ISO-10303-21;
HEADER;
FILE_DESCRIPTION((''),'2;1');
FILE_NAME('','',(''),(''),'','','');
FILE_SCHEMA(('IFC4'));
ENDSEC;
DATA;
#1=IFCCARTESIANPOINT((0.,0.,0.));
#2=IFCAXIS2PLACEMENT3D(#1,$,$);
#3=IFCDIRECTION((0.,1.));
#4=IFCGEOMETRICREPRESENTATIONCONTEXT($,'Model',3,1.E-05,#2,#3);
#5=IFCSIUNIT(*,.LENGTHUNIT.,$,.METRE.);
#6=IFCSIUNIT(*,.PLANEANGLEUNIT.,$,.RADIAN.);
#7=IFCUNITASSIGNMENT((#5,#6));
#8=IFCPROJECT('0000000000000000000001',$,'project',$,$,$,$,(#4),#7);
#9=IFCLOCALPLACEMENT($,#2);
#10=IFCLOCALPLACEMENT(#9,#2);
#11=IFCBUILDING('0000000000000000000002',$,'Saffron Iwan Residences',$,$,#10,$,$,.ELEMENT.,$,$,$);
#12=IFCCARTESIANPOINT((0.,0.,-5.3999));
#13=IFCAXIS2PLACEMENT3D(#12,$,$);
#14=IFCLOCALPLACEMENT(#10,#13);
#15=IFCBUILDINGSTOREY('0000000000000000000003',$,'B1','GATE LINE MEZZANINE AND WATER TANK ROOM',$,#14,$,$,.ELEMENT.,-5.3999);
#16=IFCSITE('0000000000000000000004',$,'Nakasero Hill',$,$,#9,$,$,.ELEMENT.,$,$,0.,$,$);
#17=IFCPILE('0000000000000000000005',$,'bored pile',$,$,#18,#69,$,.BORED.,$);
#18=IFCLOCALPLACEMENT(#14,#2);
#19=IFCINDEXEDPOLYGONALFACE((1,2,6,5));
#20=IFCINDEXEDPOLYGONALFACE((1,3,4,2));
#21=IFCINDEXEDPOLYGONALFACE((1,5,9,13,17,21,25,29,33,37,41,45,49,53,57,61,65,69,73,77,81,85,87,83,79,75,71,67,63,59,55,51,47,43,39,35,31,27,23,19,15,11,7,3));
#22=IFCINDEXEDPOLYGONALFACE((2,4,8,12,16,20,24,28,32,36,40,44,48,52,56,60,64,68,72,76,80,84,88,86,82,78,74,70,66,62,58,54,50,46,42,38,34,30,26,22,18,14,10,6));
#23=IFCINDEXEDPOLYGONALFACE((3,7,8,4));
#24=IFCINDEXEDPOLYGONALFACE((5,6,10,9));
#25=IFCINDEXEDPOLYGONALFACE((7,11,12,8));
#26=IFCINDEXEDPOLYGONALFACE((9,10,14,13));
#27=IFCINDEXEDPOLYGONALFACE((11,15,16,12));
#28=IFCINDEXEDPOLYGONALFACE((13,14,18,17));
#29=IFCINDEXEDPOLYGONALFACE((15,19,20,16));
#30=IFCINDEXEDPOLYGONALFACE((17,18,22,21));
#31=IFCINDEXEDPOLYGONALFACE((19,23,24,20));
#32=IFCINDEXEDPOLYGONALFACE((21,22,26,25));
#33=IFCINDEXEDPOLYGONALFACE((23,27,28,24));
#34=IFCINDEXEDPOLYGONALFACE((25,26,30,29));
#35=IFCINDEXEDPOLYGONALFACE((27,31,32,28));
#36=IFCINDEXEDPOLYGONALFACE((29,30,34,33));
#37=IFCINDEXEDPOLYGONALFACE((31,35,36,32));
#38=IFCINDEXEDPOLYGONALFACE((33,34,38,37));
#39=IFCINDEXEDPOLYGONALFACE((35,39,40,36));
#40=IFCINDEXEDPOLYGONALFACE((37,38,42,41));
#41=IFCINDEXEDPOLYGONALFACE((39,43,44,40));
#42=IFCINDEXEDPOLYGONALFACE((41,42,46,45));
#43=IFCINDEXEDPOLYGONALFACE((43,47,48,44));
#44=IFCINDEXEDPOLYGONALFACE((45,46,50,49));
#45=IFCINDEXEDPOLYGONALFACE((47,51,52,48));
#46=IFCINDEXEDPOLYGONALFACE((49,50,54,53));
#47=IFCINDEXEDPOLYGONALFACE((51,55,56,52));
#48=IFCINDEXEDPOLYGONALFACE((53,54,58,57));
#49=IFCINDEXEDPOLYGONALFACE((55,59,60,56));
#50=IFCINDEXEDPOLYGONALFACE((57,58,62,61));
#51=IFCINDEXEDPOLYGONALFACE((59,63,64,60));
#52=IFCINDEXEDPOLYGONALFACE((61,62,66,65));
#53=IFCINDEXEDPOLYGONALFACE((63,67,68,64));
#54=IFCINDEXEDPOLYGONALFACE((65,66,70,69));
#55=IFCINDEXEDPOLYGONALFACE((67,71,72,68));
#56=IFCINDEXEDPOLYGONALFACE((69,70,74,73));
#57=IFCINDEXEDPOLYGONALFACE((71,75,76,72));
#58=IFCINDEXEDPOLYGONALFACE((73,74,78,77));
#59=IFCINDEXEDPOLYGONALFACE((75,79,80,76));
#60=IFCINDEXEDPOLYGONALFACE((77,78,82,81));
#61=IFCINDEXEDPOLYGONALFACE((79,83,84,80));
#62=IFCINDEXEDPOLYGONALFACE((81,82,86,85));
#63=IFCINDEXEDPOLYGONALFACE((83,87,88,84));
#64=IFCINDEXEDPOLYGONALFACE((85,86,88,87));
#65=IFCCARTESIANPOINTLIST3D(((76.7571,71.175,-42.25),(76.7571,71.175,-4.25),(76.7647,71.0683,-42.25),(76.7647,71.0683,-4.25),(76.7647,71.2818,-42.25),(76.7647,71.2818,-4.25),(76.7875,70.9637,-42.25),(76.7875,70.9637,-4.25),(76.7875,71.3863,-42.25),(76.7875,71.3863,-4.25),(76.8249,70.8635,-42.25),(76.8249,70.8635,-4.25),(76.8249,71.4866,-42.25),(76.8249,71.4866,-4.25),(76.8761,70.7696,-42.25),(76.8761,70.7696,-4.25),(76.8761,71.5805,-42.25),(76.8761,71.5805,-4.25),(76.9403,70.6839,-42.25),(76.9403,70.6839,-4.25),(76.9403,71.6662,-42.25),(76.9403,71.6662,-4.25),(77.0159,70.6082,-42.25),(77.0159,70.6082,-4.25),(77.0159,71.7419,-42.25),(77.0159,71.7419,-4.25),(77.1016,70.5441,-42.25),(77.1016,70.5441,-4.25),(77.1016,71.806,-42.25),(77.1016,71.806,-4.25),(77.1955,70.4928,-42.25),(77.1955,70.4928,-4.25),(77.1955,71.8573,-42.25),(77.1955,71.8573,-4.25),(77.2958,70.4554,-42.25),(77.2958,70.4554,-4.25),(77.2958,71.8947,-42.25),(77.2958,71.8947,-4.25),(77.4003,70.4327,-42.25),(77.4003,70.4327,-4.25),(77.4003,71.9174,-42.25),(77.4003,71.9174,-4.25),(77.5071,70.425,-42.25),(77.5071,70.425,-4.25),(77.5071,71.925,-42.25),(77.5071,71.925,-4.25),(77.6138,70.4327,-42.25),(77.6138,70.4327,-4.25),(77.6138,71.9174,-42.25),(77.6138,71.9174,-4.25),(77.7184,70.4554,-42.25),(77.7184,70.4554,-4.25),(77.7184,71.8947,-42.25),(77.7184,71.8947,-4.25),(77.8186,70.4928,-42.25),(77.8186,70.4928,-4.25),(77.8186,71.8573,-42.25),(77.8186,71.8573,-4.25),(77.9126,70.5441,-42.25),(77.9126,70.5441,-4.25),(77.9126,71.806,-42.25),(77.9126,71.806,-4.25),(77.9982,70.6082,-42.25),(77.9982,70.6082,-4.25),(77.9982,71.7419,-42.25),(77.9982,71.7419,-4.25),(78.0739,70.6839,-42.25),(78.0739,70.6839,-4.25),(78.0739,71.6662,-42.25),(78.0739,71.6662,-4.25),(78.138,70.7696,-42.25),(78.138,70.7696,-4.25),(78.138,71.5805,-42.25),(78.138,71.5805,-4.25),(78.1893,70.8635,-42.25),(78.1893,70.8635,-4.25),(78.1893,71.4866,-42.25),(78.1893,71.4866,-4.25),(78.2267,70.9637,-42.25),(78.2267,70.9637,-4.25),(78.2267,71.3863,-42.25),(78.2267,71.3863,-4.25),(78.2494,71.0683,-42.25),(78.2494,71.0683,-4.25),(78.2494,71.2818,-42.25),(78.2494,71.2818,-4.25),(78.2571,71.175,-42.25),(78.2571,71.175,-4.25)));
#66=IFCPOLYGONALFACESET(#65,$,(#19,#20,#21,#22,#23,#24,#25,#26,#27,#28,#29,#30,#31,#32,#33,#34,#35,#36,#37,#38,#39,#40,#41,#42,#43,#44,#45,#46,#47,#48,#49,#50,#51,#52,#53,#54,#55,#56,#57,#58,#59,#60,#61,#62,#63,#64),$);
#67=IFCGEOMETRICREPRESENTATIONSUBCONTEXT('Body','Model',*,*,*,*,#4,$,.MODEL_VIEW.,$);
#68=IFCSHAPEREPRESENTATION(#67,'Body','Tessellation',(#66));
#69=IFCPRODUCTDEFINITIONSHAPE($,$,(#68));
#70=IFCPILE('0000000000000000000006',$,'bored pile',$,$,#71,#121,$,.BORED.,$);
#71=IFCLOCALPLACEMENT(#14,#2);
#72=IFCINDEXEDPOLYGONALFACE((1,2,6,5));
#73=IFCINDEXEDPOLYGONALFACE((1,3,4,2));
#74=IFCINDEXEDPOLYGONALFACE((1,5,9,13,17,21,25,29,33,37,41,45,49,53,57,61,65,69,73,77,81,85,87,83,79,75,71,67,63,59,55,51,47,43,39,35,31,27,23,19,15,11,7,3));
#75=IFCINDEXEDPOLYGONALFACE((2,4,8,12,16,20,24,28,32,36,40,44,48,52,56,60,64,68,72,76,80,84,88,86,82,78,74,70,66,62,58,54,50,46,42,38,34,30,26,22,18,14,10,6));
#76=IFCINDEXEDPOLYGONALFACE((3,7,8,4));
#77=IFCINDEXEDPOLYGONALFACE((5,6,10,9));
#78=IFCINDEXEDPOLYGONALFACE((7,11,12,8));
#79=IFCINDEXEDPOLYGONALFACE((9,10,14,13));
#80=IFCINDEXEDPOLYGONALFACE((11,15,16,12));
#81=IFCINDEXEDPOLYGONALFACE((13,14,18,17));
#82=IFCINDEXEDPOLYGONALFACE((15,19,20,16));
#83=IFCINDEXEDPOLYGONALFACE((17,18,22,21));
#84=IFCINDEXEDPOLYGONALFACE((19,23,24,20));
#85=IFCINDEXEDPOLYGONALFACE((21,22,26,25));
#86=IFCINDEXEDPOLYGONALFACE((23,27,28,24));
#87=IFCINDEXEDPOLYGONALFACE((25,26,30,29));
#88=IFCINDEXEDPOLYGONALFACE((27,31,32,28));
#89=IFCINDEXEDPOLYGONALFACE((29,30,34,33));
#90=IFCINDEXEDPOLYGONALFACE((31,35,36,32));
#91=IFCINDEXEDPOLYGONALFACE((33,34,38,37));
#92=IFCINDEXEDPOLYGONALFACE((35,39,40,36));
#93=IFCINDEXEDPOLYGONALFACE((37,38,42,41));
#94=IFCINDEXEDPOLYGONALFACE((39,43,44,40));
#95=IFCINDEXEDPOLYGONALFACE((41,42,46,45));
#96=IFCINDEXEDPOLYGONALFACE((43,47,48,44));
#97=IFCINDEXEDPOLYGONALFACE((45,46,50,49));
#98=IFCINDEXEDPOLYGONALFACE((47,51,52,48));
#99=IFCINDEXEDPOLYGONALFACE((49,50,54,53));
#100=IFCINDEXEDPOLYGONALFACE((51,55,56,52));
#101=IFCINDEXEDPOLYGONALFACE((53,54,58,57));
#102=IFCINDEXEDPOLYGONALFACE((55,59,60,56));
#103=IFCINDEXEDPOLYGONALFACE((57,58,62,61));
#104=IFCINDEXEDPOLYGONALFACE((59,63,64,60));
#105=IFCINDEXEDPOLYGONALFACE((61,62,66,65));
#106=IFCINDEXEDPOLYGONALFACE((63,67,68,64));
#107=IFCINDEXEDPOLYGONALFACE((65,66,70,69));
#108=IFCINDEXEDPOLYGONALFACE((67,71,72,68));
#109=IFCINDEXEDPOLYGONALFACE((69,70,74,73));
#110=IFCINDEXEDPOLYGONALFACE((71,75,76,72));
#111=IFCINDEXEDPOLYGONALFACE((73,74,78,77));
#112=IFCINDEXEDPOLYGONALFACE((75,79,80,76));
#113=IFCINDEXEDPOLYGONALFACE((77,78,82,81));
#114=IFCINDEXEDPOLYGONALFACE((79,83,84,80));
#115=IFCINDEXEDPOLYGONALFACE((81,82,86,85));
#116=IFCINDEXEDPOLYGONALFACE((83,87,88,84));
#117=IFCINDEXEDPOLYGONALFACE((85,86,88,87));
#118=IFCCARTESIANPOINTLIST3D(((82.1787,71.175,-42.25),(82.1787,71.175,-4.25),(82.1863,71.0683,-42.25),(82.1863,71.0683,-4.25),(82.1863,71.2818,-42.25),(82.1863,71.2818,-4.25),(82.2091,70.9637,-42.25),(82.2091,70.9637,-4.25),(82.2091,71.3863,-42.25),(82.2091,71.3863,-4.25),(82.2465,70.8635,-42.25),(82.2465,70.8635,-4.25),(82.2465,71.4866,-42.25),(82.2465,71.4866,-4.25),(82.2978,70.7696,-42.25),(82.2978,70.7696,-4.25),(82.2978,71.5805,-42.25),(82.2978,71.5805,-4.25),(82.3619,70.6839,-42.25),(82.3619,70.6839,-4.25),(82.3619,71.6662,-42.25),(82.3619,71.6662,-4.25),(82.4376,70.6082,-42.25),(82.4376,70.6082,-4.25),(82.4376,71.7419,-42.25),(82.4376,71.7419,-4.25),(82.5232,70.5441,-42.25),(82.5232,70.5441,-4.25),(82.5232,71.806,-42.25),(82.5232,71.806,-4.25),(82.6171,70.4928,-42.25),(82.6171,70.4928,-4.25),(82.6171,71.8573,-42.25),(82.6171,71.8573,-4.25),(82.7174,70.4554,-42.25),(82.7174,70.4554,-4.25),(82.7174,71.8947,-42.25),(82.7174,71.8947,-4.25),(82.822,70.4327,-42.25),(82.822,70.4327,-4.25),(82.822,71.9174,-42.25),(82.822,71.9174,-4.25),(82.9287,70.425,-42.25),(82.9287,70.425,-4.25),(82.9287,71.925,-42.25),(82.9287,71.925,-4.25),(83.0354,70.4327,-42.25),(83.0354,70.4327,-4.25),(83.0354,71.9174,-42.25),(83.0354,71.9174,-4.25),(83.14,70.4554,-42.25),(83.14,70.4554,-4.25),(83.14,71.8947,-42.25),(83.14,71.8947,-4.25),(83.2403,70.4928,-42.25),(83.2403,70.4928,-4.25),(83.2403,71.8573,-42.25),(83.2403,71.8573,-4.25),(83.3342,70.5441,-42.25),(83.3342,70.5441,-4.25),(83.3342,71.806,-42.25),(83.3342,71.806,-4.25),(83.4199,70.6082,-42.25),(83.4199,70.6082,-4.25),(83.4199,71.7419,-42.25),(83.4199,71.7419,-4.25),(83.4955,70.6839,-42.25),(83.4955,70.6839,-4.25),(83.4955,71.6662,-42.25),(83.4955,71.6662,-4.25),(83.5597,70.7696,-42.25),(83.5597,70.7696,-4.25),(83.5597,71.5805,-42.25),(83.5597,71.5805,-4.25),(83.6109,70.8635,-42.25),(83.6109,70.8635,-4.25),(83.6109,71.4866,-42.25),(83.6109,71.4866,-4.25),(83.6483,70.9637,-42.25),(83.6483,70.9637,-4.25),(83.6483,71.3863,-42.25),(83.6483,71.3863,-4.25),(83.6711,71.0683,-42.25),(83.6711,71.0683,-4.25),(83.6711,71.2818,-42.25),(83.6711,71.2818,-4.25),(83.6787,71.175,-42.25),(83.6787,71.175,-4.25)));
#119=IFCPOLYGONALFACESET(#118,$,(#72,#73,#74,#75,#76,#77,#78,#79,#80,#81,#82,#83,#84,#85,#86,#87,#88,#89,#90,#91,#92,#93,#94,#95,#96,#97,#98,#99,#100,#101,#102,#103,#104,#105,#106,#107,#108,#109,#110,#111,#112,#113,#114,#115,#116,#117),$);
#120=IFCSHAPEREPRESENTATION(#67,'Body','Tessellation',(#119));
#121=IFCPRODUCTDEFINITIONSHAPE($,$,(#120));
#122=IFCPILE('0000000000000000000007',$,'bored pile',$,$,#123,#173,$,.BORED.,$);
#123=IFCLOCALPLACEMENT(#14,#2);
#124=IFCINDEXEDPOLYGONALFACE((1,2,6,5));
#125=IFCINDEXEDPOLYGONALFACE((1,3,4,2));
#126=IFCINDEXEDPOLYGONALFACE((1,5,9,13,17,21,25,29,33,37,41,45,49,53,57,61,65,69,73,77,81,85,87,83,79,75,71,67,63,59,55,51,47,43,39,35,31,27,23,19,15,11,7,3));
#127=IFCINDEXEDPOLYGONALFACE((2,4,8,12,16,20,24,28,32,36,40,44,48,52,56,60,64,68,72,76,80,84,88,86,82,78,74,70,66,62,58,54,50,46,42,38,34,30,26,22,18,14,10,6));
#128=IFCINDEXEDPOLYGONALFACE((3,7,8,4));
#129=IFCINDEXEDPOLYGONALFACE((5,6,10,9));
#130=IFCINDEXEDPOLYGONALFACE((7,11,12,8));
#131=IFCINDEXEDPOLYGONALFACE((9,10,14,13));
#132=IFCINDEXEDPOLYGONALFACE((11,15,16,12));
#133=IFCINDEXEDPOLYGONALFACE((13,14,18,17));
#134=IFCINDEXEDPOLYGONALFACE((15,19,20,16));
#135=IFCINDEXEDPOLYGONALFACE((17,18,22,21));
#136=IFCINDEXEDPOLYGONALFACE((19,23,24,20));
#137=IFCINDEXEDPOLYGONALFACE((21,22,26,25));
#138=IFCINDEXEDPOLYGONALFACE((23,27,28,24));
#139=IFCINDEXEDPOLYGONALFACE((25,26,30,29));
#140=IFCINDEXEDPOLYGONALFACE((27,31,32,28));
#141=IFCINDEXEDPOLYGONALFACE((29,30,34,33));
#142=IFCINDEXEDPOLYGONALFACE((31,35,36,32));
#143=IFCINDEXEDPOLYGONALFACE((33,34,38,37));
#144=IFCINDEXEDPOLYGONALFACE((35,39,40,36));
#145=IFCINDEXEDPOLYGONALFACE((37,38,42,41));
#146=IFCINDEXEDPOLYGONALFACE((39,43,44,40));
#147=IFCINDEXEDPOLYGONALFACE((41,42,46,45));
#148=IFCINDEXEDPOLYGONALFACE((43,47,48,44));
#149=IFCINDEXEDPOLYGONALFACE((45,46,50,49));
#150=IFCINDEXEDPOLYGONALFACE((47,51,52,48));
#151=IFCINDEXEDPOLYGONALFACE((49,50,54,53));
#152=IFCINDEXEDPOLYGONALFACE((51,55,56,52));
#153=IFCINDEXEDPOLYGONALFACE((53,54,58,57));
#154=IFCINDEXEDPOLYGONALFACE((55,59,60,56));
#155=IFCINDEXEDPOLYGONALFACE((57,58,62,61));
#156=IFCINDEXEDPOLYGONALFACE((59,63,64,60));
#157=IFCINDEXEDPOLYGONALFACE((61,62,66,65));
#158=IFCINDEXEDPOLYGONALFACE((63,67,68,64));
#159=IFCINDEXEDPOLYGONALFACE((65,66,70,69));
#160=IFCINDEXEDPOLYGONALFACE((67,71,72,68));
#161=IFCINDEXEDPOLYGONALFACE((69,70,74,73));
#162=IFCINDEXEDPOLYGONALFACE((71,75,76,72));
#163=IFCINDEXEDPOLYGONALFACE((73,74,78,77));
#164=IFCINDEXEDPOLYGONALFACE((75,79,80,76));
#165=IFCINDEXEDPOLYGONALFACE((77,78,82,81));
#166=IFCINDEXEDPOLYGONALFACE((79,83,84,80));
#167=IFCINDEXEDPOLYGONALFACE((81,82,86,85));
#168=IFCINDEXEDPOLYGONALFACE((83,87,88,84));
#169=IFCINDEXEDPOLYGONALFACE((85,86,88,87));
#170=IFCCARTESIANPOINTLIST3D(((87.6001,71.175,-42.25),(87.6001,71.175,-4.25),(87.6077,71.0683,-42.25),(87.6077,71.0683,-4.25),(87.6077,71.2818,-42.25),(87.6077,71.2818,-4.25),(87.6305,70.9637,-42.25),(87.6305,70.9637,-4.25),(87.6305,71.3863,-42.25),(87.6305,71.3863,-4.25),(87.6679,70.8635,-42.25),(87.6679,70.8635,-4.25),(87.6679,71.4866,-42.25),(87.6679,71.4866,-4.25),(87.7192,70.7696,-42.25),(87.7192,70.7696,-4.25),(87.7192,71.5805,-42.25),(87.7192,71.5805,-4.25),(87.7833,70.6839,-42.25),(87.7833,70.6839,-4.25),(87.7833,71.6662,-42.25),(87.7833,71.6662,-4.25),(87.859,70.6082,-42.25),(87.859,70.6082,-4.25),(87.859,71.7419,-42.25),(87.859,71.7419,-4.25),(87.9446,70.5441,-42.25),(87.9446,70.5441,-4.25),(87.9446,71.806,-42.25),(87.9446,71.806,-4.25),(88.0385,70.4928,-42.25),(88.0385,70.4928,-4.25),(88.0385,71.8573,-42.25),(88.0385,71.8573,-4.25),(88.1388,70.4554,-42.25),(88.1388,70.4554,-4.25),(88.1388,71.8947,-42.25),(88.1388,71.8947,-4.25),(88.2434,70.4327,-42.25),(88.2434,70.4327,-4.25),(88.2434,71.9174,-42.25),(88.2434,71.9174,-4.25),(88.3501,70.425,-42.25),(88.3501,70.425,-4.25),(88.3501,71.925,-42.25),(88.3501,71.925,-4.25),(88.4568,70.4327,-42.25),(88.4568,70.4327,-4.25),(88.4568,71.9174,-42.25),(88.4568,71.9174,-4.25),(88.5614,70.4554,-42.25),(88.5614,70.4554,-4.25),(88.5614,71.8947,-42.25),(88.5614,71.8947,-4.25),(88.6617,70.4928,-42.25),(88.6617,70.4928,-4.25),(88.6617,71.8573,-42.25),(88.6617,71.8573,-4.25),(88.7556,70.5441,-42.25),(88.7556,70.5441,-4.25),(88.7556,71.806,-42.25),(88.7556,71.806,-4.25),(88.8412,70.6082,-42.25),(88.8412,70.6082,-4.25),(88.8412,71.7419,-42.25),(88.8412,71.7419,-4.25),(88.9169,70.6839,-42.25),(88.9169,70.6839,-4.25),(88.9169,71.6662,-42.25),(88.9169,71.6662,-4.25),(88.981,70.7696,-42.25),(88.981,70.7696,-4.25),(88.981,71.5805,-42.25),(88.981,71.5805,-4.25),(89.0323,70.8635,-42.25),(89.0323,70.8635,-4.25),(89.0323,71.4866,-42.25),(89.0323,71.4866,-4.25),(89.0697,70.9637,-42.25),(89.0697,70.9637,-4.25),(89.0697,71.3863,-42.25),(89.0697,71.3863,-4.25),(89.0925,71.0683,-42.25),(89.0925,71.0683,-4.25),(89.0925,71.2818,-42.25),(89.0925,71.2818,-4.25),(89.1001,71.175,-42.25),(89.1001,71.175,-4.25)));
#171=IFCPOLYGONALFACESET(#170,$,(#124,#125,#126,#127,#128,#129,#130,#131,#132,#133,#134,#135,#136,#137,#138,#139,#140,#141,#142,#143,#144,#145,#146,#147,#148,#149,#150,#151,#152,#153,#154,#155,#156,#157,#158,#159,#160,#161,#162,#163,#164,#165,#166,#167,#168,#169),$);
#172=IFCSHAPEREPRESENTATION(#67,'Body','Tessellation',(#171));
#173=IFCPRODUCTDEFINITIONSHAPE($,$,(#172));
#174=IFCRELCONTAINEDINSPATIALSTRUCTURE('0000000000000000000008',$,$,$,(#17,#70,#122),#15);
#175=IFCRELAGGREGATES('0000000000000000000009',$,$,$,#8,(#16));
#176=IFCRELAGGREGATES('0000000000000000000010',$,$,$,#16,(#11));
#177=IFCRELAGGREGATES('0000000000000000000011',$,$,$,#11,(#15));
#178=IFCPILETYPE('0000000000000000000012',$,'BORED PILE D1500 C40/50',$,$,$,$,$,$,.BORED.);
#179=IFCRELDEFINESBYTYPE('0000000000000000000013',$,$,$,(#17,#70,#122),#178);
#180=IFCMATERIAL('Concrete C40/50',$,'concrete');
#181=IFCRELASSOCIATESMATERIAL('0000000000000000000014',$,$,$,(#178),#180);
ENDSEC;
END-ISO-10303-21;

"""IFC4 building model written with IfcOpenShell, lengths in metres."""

from ifc_helpers import new_model, si_unit, direction, frame, origin, origin_2d, place, context, subcontext, project, spatial, circle, extrude, material, material_profile, profile_set, type_object, element, save


model = new_model("IFC4")

# Units and contexts
model_context = context("Model", 3, precision=1e-05, world=origin(), true_north=direction((0.0, 1.0)))
body_context = subcontext(model_context, "Body", "Model", "MODEL_VIEW")
ifc_project = project(units=[si_unit("LENGTHUNIT", "METRE"), si_unit("PLANEANGLEUNIT", "RADIAN")], contexts=[model_context])

# Site, building, storey
site_placement = place(None, origin())
site = spatial("IfcSite", under=ifc_project, at=site_placement, Name="Nakasero Hill", CompositionType="ELEMENT", RefElevation=0.0)
building_placement = place(site_placement, origin())
building = spatial("IfcBuilding", under=site, at=building_placement, Name="Saffron Iwan Residences", CompositionType="ELEMENT")
storey_placement = place(building_placement, frame((0.0, 0.0, -5.3999)))
storey = spatial("IfcBuildingStorey", under=building, at=storey_placement, Name="B1", Description="GATE LINE MEZZANINE AND WATER TANK ROOM", CompositionType="ELEMENT", Elevation=-5.3999)

# Piles
ifc_material_1 = material(Name="Concrete C40/50", Category="concrete")
ifc_material_profile_1 = material_profile(ifc_material_1, circle(Radius=0.75, at=origin_2d()), Name="RC D1500")
ifc_profile_set_1 = profile_set([ifc_material_profile_1], Name="Concrete C40/50")
pile_type = type_object("IfcPileType", Name="BORED PILE D1500 C40/50", PredefinedType="BORED", material=ifc_profile_set_1)
for number, where, z_axis, x_axis, name in (
    (1, (77.5071, 71.175, -4.25), (0.0, 0.0, -1.0), (1.0, 0.0, 0.0), "bored pile"),
    (2, (82.9287, 71.175, -4.25), (0.0, 0.0, -1.0), (1.0, 0.0, 0.0), "bored pile"),
    (3, (88.3501, 71.175, -4.25), (0.0, 0.0, -1.0), (1.0, 0.0, 0.0), "bored pile"),
):
    element("IfcPile", number, at=place(storey_placement, frame(where, z_axis=z_axis, x_axis=x_axis)), inside=storey, type_object=pile_type, Name=name, PredefinedType="BORED", context=body_context, shape_type="SweptSolid", body=[
        extrude(circle(Radius=0.75, at=origin_2d()), origin(), (0.0, 0.0, 1.0), 38.0),
    ])

save(model, "model.ifc")
